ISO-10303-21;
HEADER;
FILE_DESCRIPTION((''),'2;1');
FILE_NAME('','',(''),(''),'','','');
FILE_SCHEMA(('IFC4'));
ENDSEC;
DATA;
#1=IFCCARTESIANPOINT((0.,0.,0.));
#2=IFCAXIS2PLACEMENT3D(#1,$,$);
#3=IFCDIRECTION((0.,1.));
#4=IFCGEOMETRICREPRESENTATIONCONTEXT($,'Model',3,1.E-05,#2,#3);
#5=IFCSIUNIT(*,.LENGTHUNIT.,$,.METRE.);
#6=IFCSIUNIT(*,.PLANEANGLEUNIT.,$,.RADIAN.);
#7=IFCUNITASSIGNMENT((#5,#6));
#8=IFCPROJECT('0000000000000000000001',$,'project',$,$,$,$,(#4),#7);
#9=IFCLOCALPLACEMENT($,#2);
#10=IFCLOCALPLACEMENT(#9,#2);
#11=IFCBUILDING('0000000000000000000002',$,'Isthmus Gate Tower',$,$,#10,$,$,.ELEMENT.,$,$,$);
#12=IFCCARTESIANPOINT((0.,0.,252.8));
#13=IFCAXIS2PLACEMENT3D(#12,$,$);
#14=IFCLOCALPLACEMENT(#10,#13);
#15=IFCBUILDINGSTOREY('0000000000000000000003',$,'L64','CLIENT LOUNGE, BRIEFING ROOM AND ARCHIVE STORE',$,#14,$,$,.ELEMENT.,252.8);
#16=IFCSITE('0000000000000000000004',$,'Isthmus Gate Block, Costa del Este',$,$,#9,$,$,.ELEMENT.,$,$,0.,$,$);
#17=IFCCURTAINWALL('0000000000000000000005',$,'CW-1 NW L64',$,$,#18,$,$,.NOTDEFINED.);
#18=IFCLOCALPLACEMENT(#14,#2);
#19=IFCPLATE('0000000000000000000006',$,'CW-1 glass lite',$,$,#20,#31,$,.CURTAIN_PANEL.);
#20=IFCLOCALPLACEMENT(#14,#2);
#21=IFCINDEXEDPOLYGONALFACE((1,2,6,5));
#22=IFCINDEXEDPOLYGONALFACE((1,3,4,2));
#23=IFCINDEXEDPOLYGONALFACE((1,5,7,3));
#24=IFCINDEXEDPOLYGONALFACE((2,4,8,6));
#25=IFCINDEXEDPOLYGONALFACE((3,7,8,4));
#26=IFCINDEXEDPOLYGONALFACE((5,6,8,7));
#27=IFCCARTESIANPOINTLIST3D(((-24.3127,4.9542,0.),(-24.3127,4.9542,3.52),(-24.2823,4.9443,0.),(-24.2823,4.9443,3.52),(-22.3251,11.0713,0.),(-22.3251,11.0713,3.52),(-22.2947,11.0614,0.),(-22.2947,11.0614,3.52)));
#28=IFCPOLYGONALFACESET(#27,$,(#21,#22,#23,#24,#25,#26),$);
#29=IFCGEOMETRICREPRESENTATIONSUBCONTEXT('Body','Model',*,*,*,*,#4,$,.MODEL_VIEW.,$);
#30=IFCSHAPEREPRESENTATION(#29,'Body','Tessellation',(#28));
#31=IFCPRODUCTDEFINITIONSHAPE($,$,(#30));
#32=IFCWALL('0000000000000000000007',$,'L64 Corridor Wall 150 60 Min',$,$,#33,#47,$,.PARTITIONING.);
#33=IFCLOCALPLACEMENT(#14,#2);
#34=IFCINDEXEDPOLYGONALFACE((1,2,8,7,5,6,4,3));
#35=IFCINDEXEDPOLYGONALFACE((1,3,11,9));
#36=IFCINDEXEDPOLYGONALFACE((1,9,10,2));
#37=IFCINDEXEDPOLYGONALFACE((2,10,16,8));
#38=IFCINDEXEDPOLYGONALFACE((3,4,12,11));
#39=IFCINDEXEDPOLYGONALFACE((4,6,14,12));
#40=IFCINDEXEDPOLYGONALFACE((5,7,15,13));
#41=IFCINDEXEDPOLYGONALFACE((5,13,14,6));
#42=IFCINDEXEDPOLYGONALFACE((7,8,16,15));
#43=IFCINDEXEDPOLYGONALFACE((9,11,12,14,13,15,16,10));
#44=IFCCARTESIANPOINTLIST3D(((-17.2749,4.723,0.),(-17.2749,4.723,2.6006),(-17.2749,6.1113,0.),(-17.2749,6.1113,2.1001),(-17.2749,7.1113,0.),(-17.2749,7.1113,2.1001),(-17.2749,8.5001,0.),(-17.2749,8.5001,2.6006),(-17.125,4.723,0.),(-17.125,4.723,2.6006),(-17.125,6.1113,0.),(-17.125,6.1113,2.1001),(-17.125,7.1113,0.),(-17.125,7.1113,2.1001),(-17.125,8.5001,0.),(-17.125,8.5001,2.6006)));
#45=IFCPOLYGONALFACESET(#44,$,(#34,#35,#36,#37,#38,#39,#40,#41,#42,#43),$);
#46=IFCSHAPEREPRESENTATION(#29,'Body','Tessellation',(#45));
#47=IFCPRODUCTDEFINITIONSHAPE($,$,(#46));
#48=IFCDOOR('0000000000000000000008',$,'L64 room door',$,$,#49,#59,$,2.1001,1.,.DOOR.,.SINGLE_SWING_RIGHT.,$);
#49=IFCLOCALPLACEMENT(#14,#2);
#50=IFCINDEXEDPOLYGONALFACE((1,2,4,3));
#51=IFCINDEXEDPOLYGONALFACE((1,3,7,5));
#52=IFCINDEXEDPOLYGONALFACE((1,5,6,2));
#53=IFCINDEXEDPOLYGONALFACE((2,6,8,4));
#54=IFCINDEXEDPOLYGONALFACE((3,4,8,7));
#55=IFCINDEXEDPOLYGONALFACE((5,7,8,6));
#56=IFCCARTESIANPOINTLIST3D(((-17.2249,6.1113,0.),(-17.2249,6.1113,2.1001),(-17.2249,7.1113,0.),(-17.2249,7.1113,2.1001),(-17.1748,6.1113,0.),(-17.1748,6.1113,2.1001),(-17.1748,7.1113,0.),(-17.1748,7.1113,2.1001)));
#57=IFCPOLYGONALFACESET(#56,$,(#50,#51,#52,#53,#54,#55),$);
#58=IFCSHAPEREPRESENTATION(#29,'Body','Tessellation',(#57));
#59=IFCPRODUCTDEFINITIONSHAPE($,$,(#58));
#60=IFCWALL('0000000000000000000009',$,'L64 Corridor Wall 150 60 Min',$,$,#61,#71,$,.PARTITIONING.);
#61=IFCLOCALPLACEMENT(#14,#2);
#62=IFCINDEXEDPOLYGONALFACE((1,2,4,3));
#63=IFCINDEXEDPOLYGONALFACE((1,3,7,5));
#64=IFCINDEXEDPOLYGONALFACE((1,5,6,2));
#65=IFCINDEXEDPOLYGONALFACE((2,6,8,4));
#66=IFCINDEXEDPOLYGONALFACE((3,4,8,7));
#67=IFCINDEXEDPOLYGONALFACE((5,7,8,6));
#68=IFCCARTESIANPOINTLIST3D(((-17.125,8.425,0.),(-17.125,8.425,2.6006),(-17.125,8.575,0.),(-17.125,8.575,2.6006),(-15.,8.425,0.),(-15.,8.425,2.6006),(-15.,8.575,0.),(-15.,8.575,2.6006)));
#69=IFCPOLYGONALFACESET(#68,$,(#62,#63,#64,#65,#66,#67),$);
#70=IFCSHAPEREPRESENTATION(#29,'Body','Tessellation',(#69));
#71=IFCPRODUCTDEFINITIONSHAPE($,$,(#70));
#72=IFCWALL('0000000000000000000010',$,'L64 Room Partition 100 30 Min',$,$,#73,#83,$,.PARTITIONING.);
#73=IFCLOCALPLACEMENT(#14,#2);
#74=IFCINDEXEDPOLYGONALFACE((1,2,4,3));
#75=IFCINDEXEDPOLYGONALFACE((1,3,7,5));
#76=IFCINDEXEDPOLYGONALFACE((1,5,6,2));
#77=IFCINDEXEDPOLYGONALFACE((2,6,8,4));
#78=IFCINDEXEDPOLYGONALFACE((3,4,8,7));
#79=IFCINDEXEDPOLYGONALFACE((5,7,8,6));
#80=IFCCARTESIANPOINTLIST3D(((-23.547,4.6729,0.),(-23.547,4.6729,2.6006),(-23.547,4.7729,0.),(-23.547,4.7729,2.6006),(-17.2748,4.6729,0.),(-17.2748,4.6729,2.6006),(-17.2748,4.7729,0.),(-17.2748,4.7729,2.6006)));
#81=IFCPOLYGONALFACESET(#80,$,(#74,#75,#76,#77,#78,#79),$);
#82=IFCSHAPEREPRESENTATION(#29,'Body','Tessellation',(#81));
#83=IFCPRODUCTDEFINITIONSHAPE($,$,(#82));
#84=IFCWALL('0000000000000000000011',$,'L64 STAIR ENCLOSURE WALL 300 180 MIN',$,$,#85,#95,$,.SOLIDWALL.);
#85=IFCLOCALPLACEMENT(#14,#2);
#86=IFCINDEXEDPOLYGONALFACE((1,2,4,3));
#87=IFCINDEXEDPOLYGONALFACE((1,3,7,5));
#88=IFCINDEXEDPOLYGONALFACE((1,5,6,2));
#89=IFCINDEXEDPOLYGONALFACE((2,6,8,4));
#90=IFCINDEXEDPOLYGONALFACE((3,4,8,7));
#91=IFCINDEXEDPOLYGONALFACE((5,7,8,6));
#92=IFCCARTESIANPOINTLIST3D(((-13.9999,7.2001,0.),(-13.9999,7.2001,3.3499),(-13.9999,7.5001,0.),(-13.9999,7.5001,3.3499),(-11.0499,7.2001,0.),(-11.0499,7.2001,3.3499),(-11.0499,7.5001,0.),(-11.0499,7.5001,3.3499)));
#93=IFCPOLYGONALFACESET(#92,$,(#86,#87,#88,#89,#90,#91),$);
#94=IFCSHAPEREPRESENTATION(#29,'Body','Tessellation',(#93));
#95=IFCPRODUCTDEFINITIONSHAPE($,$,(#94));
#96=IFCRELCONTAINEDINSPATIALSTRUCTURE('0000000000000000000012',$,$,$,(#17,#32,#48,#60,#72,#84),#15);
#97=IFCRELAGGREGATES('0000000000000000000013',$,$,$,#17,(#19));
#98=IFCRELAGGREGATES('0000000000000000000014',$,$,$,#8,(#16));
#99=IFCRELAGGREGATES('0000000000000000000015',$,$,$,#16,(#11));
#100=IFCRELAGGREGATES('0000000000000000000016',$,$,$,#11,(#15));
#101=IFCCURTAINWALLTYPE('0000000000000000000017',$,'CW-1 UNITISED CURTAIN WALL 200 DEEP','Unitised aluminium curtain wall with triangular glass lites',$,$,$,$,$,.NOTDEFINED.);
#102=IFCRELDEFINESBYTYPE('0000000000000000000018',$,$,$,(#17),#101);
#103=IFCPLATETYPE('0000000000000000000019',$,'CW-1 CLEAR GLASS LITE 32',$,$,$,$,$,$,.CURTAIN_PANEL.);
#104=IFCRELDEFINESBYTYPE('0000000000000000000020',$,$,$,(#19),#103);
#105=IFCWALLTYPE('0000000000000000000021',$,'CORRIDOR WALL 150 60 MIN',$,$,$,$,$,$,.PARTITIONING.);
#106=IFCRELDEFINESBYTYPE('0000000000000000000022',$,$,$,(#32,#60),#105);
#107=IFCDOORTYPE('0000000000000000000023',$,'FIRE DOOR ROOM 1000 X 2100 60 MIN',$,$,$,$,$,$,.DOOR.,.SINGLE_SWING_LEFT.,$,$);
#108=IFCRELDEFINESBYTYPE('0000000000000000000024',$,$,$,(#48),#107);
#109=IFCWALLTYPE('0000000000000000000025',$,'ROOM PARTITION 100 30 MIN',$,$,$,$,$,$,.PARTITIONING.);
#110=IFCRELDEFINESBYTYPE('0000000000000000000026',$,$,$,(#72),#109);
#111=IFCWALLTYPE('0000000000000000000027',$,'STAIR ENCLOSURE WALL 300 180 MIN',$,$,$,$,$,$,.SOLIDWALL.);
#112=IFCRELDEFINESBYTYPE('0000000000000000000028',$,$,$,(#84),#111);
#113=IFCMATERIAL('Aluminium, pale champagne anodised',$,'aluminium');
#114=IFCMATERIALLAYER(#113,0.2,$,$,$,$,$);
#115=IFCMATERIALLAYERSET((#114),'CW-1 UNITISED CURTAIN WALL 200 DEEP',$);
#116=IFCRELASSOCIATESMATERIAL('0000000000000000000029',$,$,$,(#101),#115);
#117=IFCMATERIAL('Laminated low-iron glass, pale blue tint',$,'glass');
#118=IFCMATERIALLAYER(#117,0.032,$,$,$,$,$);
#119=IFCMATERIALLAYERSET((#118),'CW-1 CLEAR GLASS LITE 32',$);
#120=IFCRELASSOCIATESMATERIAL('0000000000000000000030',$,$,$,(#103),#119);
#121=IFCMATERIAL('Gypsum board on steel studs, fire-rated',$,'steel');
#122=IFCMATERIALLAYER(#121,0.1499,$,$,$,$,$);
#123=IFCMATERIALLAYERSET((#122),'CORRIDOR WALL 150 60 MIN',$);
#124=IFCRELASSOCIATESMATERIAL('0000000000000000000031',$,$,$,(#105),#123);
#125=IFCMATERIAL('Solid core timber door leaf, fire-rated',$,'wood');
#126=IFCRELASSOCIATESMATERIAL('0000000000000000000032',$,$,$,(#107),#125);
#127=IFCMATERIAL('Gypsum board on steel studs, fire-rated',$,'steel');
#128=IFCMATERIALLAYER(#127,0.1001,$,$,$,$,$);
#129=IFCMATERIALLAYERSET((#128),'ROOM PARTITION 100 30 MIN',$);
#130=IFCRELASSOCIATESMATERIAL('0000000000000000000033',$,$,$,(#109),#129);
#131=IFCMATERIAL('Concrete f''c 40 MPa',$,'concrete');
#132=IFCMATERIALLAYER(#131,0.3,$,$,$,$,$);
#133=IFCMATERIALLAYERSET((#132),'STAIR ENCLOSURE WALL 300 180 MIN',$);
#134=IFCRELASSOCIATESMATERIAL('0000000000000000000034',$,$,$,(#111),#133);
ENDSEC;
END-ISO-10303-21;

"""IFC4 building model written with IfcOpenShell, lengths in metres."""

from ifc_helpers import new_model, si_unit, direction, frame, frame_2d, origin, origin_2d, place, context, subcontext, project, spatial, rectangle, extrude, material, layer, layer_set, type_object, element, fill, aggregate, save


model = new_model("IFC4")

# Units and contexts
model_context = context("Model", 3, precision=1e-05, world=origin(), true_north=direction((0.0, 1.0)))
body_context = subcontext(model_context, "Body", "Model", "MODEL_VIEW")
ifc_project = project(units=[si_unit("LENGTHUNIT", "METRE"), si_unit("PLANEANGLEUNIT", "RADIAN")], contexts=[model_context])

# Site, building, storey
site_placement = place(None, origin())
site = spatial("IfcSite", under=ifc_project, at=site_placement, Name="Isthmus Gate Block, Costa del Este", CompositionType="ELEMENT", RefElevation=0.0)
building_placement = place(site_placement, origin())
building = spatial("IfcBuilding", under=site, at=building_placement, Name="Isthmus Gate Tower", CompositionType="ELEMENT")
storey_placement = place(building_placement, frame((0.0, 0.0, 252.8)))
storey = spatial("IfcBuildingStorey", under=building, at=storey_placement, Name="L64", Description="CLIENT LOUNGE, BRIEFING ROOM AND ARCHIVE STORE", CompositionType="ELEMENT", Elevation=252.8)

# Curtain wall
ifc_material_1 = material(Name="Aluminium, pale champagne anodised", Category="aluminium")
ifc_layer_1 = layer(ifc_material_1, 0.2)
ifc_layer_set_1 = layer_set([ifc_layer_1], Name="CW-1 UNITISED CURTAIN WALL 200 DEEP")
curtain_wall_type = type_object("IfcCurtainWallType", Name="CW-1 UNITISED CURTAIN WALL 200 DEEP", Description="Unitised aluminium curtain wall with triangular glass lites", PredefinedType="NOTDEFINED", material=ifc_layer_set_1)
curtain_wall_placement = place(storey_placement, origin())
curtain_wall = element("IfcCurtainWall", 1, at=curtain_wall_placement, inside=storey, type_object=curtain_wall_type, Name="CW-1 NW L64", PredefinedType="NOTDEFINED")

# Plate
ifc_material_2 = material(Name="Laminated low-iron glass, pale blue tint", Category="glass")
ifc_layer_2 = layer(ifc_material_2, 0.032)
ifc_layer_set_2 = layer_set([ifc_layer_2], Name="CW-1 CLEAR GLASS LITE 32")
plate_type = type_object("IfcPlateType", Name="CW-1 CLEAR GLASS LITE 32", PredefinedType="CURTAIN_PANEL", material=ifc_layer_set_2)
plate_1_placement = place(storey_placement, frame((-23.3037, 8.0078, 0.0), z_axis=(0.0, 0.0, 1.0), x_axis=(-0.309017, -0.951057, 0.0)))
plate_1 = element("IfcPlate", 2, at=plate_1_placement, type_object=plate_type, Name="CW-1 glass lite", PredefinedType="CURTAIN_PANEL", context=body_context, shape_type="SweptSolid", body=[
    extrude(rectangle(XDim=6.4319, YDim=0.032, at=origin_2d()), origin(), (0.0, 0.0, 1.0), 3.52),
])
aggregate(curtain_wall, [plate_1])

# Wall, opening, door
ifc_material_3 = material(Name="Gypsum board on steel studs, fire-rated", Category="steel")
ifc_layer_3 = layer(ifc_material_3, 0.1499)
ifc_layer_set_3 = layer_set([ifc_layer_3], Name="CORRIDOR WALL 150 60 MIN")
wall_type_1 = type_object("IfcWallType", Name="CORRIDOR WALL 150 60 MIN", PredefinedType="PARTITIONING", material=ifc_layer_set_3)
wall_1_placement = place(storey_placement, frame((-17.2, 4.7229, 0.0), z_axis=(0.0, 0.0, 1.0), x_axis=(0.0, 1.0, 0.0)))
wall_1 = element("IfcWall", 3, at=wall_1_placement, inside=storey, type_object=wall_type_1, Name="L64 Corridor Wall 150 60 Min", PredefinedType="PARTITIONING", context=body_context, shape_type="SweptSolid", body=[
    extrude(rectangle(XDim=3.7771, YDim=0.1499, at=frame_2d((1.8887, 0.0))), origin(), (0.0, 0.0, 1.0), 2.6006),
])
opening_placement = place(wall_1_placement, frame((1.3884, 0.0, 0.0)))
opening = element("IfcOpeningElement", 4, at=opening_placement, cuts=wall_1, PredefinedType="OPENING", context=body_context, shape_type="SweptSolid", body=[
    extrude(rectangle(XDim=1.0, YDim=2.1001, at=frame_2d((0.5, 1.05))), frame((0.0, 0.085, 0.0), z_axis=(0.0, -1.0, 0.0), x_axis=(1.0, 0.0, 0.0)), (0.0, 0.0, 1.0), 0.1699),
])
ifc_material_4 = material(Name="Solid core timber door leaf, fire-rated", Category="wood")
door_type = type_object("IfcDoorType", Name="FIRE DOOR ROOM 1000 X 2100 60 MIN", OperationType="SINGLE_SWING_LEFT", PredefinedType="DOOR", material=ifc_material_4)
door_placement = place(opening_placement, origin())
door = element("IfcDoor", 5, at=door_placement, inside=storey, type_object=door_type, Name="L64 room door", OperationType="SINGLE_SWING_RIGHT", OverallHeight=2.1001, OverallWidth=1.0, PredefinedType="DOOR", context=body_context, shape_type="SweptSolid", body=[
    extrude(rectangle(XDim=1.0, YDim=2.1001, at=frame_2d((0.5, 1.05))), frame((0.0, 0.0249, 0.0), z_axis=(0.0, -1.0, 0.0), x_axis=(1.0, 0.0, 0.0)), (0.0, 0.0, 1.0), 0.05),
])
fill(opening, door)

# Walls
wall_2_placement = place(storey_placement, frame((-17.125, 8.5, 0.0), z_axis=(0.0, 0.0, 1.0), x_axis=(1.0, 0.0, 0.0)))
element("IfcWall", 6, at=wall_2_placement, inside=storey, type_object=wall_type_1, Name="L64 Corridor Wall 150 60 Min", PredefinedType="PARTITIONING", context=body_context, shape_type="SweptSolid", body=[
    extrude(rectangle(XDim=2.125, YDim=0.1499, at=frame_2d((1.0625, 0.0))), origin(), (0.0, 0.0, 1.0), 2.6006),
])
ifc_material_5 = material(Name="Gypsum board on steel studs, fire-rated", Category="steel")
ifc_layer_4 = layer(ifc_material_5, 0.1001)
ifc_layer_set_4 = layer_set([ifc_layer_4], Name="ROOM PARTITION 100 30 MIN")
wall_type_2 = type_object("IfcWallType", Name="ROOM PARTITION 100 30 MIN", PredefinedType="PARTITIONING", material=ifc_layer_set_4)
wall_3_placement = place(storey_placement, frame((-23.5471, 4.7229, 0.0), z_axis=(0.0, 0.0, 1.0), x_axis=(1.0, 0.0, 0.0)))
element("IfcWall", 7, at=wall_3_placement, inside=storey, type_object=wall_type_2, Name="L64 Room Partition 100 30 Min", PredefinedType="PARTITIONING", context=body_context, shape_type="SweptSolid", body=[
    extrude(rectangle(XDim=6.2722, YDim=0.1001, at=frame_2d((3.1362, 0.0))), origin(), (0.0, 0.0, 1.0), 2.6006),
])
ifc_material_6 = material(Name="Concrete f'c 40 MPa", Category="concrete")
ifc_layer_5 = layer(ifc_material_6, 0.3)
ifc_layer_set_5 = layer_set([ifc_layer_5], Name="STAIR ENCLOSURE WALL 300 180 MIN")
wall_type_3 = type_object("IfcWallType", Name="STAIR ENCLOSURE WALL 300 180 MIN", PredefinedType="SOLIDWALL", material=ifc_layer_set_5)
wall_4_placement = place(storey_placement, frame((-14.0, 7.3501, 0.0), z_axis=(0.0, 0.0, 1.0), x_axis=(1.0, 0.0, 0.0)))
element("IfcWall", 8, at=wall_4_placement, inside=storey, type_object=wall_type_3, Name="L64 STAIR ENCLOSURE WALL 300 180 MIN", PredefinedType="SOLIDWALL", context=body_context, shape_type="SweptSolid", body=[
    extrude(rectangle(XDim=2.95, YDim=0.3, at=frame_2d((1.4751, 0.0))), origin(), (0.0, 0.0, 1.0), 3.3499),
])

save(model, "model.ifc")
